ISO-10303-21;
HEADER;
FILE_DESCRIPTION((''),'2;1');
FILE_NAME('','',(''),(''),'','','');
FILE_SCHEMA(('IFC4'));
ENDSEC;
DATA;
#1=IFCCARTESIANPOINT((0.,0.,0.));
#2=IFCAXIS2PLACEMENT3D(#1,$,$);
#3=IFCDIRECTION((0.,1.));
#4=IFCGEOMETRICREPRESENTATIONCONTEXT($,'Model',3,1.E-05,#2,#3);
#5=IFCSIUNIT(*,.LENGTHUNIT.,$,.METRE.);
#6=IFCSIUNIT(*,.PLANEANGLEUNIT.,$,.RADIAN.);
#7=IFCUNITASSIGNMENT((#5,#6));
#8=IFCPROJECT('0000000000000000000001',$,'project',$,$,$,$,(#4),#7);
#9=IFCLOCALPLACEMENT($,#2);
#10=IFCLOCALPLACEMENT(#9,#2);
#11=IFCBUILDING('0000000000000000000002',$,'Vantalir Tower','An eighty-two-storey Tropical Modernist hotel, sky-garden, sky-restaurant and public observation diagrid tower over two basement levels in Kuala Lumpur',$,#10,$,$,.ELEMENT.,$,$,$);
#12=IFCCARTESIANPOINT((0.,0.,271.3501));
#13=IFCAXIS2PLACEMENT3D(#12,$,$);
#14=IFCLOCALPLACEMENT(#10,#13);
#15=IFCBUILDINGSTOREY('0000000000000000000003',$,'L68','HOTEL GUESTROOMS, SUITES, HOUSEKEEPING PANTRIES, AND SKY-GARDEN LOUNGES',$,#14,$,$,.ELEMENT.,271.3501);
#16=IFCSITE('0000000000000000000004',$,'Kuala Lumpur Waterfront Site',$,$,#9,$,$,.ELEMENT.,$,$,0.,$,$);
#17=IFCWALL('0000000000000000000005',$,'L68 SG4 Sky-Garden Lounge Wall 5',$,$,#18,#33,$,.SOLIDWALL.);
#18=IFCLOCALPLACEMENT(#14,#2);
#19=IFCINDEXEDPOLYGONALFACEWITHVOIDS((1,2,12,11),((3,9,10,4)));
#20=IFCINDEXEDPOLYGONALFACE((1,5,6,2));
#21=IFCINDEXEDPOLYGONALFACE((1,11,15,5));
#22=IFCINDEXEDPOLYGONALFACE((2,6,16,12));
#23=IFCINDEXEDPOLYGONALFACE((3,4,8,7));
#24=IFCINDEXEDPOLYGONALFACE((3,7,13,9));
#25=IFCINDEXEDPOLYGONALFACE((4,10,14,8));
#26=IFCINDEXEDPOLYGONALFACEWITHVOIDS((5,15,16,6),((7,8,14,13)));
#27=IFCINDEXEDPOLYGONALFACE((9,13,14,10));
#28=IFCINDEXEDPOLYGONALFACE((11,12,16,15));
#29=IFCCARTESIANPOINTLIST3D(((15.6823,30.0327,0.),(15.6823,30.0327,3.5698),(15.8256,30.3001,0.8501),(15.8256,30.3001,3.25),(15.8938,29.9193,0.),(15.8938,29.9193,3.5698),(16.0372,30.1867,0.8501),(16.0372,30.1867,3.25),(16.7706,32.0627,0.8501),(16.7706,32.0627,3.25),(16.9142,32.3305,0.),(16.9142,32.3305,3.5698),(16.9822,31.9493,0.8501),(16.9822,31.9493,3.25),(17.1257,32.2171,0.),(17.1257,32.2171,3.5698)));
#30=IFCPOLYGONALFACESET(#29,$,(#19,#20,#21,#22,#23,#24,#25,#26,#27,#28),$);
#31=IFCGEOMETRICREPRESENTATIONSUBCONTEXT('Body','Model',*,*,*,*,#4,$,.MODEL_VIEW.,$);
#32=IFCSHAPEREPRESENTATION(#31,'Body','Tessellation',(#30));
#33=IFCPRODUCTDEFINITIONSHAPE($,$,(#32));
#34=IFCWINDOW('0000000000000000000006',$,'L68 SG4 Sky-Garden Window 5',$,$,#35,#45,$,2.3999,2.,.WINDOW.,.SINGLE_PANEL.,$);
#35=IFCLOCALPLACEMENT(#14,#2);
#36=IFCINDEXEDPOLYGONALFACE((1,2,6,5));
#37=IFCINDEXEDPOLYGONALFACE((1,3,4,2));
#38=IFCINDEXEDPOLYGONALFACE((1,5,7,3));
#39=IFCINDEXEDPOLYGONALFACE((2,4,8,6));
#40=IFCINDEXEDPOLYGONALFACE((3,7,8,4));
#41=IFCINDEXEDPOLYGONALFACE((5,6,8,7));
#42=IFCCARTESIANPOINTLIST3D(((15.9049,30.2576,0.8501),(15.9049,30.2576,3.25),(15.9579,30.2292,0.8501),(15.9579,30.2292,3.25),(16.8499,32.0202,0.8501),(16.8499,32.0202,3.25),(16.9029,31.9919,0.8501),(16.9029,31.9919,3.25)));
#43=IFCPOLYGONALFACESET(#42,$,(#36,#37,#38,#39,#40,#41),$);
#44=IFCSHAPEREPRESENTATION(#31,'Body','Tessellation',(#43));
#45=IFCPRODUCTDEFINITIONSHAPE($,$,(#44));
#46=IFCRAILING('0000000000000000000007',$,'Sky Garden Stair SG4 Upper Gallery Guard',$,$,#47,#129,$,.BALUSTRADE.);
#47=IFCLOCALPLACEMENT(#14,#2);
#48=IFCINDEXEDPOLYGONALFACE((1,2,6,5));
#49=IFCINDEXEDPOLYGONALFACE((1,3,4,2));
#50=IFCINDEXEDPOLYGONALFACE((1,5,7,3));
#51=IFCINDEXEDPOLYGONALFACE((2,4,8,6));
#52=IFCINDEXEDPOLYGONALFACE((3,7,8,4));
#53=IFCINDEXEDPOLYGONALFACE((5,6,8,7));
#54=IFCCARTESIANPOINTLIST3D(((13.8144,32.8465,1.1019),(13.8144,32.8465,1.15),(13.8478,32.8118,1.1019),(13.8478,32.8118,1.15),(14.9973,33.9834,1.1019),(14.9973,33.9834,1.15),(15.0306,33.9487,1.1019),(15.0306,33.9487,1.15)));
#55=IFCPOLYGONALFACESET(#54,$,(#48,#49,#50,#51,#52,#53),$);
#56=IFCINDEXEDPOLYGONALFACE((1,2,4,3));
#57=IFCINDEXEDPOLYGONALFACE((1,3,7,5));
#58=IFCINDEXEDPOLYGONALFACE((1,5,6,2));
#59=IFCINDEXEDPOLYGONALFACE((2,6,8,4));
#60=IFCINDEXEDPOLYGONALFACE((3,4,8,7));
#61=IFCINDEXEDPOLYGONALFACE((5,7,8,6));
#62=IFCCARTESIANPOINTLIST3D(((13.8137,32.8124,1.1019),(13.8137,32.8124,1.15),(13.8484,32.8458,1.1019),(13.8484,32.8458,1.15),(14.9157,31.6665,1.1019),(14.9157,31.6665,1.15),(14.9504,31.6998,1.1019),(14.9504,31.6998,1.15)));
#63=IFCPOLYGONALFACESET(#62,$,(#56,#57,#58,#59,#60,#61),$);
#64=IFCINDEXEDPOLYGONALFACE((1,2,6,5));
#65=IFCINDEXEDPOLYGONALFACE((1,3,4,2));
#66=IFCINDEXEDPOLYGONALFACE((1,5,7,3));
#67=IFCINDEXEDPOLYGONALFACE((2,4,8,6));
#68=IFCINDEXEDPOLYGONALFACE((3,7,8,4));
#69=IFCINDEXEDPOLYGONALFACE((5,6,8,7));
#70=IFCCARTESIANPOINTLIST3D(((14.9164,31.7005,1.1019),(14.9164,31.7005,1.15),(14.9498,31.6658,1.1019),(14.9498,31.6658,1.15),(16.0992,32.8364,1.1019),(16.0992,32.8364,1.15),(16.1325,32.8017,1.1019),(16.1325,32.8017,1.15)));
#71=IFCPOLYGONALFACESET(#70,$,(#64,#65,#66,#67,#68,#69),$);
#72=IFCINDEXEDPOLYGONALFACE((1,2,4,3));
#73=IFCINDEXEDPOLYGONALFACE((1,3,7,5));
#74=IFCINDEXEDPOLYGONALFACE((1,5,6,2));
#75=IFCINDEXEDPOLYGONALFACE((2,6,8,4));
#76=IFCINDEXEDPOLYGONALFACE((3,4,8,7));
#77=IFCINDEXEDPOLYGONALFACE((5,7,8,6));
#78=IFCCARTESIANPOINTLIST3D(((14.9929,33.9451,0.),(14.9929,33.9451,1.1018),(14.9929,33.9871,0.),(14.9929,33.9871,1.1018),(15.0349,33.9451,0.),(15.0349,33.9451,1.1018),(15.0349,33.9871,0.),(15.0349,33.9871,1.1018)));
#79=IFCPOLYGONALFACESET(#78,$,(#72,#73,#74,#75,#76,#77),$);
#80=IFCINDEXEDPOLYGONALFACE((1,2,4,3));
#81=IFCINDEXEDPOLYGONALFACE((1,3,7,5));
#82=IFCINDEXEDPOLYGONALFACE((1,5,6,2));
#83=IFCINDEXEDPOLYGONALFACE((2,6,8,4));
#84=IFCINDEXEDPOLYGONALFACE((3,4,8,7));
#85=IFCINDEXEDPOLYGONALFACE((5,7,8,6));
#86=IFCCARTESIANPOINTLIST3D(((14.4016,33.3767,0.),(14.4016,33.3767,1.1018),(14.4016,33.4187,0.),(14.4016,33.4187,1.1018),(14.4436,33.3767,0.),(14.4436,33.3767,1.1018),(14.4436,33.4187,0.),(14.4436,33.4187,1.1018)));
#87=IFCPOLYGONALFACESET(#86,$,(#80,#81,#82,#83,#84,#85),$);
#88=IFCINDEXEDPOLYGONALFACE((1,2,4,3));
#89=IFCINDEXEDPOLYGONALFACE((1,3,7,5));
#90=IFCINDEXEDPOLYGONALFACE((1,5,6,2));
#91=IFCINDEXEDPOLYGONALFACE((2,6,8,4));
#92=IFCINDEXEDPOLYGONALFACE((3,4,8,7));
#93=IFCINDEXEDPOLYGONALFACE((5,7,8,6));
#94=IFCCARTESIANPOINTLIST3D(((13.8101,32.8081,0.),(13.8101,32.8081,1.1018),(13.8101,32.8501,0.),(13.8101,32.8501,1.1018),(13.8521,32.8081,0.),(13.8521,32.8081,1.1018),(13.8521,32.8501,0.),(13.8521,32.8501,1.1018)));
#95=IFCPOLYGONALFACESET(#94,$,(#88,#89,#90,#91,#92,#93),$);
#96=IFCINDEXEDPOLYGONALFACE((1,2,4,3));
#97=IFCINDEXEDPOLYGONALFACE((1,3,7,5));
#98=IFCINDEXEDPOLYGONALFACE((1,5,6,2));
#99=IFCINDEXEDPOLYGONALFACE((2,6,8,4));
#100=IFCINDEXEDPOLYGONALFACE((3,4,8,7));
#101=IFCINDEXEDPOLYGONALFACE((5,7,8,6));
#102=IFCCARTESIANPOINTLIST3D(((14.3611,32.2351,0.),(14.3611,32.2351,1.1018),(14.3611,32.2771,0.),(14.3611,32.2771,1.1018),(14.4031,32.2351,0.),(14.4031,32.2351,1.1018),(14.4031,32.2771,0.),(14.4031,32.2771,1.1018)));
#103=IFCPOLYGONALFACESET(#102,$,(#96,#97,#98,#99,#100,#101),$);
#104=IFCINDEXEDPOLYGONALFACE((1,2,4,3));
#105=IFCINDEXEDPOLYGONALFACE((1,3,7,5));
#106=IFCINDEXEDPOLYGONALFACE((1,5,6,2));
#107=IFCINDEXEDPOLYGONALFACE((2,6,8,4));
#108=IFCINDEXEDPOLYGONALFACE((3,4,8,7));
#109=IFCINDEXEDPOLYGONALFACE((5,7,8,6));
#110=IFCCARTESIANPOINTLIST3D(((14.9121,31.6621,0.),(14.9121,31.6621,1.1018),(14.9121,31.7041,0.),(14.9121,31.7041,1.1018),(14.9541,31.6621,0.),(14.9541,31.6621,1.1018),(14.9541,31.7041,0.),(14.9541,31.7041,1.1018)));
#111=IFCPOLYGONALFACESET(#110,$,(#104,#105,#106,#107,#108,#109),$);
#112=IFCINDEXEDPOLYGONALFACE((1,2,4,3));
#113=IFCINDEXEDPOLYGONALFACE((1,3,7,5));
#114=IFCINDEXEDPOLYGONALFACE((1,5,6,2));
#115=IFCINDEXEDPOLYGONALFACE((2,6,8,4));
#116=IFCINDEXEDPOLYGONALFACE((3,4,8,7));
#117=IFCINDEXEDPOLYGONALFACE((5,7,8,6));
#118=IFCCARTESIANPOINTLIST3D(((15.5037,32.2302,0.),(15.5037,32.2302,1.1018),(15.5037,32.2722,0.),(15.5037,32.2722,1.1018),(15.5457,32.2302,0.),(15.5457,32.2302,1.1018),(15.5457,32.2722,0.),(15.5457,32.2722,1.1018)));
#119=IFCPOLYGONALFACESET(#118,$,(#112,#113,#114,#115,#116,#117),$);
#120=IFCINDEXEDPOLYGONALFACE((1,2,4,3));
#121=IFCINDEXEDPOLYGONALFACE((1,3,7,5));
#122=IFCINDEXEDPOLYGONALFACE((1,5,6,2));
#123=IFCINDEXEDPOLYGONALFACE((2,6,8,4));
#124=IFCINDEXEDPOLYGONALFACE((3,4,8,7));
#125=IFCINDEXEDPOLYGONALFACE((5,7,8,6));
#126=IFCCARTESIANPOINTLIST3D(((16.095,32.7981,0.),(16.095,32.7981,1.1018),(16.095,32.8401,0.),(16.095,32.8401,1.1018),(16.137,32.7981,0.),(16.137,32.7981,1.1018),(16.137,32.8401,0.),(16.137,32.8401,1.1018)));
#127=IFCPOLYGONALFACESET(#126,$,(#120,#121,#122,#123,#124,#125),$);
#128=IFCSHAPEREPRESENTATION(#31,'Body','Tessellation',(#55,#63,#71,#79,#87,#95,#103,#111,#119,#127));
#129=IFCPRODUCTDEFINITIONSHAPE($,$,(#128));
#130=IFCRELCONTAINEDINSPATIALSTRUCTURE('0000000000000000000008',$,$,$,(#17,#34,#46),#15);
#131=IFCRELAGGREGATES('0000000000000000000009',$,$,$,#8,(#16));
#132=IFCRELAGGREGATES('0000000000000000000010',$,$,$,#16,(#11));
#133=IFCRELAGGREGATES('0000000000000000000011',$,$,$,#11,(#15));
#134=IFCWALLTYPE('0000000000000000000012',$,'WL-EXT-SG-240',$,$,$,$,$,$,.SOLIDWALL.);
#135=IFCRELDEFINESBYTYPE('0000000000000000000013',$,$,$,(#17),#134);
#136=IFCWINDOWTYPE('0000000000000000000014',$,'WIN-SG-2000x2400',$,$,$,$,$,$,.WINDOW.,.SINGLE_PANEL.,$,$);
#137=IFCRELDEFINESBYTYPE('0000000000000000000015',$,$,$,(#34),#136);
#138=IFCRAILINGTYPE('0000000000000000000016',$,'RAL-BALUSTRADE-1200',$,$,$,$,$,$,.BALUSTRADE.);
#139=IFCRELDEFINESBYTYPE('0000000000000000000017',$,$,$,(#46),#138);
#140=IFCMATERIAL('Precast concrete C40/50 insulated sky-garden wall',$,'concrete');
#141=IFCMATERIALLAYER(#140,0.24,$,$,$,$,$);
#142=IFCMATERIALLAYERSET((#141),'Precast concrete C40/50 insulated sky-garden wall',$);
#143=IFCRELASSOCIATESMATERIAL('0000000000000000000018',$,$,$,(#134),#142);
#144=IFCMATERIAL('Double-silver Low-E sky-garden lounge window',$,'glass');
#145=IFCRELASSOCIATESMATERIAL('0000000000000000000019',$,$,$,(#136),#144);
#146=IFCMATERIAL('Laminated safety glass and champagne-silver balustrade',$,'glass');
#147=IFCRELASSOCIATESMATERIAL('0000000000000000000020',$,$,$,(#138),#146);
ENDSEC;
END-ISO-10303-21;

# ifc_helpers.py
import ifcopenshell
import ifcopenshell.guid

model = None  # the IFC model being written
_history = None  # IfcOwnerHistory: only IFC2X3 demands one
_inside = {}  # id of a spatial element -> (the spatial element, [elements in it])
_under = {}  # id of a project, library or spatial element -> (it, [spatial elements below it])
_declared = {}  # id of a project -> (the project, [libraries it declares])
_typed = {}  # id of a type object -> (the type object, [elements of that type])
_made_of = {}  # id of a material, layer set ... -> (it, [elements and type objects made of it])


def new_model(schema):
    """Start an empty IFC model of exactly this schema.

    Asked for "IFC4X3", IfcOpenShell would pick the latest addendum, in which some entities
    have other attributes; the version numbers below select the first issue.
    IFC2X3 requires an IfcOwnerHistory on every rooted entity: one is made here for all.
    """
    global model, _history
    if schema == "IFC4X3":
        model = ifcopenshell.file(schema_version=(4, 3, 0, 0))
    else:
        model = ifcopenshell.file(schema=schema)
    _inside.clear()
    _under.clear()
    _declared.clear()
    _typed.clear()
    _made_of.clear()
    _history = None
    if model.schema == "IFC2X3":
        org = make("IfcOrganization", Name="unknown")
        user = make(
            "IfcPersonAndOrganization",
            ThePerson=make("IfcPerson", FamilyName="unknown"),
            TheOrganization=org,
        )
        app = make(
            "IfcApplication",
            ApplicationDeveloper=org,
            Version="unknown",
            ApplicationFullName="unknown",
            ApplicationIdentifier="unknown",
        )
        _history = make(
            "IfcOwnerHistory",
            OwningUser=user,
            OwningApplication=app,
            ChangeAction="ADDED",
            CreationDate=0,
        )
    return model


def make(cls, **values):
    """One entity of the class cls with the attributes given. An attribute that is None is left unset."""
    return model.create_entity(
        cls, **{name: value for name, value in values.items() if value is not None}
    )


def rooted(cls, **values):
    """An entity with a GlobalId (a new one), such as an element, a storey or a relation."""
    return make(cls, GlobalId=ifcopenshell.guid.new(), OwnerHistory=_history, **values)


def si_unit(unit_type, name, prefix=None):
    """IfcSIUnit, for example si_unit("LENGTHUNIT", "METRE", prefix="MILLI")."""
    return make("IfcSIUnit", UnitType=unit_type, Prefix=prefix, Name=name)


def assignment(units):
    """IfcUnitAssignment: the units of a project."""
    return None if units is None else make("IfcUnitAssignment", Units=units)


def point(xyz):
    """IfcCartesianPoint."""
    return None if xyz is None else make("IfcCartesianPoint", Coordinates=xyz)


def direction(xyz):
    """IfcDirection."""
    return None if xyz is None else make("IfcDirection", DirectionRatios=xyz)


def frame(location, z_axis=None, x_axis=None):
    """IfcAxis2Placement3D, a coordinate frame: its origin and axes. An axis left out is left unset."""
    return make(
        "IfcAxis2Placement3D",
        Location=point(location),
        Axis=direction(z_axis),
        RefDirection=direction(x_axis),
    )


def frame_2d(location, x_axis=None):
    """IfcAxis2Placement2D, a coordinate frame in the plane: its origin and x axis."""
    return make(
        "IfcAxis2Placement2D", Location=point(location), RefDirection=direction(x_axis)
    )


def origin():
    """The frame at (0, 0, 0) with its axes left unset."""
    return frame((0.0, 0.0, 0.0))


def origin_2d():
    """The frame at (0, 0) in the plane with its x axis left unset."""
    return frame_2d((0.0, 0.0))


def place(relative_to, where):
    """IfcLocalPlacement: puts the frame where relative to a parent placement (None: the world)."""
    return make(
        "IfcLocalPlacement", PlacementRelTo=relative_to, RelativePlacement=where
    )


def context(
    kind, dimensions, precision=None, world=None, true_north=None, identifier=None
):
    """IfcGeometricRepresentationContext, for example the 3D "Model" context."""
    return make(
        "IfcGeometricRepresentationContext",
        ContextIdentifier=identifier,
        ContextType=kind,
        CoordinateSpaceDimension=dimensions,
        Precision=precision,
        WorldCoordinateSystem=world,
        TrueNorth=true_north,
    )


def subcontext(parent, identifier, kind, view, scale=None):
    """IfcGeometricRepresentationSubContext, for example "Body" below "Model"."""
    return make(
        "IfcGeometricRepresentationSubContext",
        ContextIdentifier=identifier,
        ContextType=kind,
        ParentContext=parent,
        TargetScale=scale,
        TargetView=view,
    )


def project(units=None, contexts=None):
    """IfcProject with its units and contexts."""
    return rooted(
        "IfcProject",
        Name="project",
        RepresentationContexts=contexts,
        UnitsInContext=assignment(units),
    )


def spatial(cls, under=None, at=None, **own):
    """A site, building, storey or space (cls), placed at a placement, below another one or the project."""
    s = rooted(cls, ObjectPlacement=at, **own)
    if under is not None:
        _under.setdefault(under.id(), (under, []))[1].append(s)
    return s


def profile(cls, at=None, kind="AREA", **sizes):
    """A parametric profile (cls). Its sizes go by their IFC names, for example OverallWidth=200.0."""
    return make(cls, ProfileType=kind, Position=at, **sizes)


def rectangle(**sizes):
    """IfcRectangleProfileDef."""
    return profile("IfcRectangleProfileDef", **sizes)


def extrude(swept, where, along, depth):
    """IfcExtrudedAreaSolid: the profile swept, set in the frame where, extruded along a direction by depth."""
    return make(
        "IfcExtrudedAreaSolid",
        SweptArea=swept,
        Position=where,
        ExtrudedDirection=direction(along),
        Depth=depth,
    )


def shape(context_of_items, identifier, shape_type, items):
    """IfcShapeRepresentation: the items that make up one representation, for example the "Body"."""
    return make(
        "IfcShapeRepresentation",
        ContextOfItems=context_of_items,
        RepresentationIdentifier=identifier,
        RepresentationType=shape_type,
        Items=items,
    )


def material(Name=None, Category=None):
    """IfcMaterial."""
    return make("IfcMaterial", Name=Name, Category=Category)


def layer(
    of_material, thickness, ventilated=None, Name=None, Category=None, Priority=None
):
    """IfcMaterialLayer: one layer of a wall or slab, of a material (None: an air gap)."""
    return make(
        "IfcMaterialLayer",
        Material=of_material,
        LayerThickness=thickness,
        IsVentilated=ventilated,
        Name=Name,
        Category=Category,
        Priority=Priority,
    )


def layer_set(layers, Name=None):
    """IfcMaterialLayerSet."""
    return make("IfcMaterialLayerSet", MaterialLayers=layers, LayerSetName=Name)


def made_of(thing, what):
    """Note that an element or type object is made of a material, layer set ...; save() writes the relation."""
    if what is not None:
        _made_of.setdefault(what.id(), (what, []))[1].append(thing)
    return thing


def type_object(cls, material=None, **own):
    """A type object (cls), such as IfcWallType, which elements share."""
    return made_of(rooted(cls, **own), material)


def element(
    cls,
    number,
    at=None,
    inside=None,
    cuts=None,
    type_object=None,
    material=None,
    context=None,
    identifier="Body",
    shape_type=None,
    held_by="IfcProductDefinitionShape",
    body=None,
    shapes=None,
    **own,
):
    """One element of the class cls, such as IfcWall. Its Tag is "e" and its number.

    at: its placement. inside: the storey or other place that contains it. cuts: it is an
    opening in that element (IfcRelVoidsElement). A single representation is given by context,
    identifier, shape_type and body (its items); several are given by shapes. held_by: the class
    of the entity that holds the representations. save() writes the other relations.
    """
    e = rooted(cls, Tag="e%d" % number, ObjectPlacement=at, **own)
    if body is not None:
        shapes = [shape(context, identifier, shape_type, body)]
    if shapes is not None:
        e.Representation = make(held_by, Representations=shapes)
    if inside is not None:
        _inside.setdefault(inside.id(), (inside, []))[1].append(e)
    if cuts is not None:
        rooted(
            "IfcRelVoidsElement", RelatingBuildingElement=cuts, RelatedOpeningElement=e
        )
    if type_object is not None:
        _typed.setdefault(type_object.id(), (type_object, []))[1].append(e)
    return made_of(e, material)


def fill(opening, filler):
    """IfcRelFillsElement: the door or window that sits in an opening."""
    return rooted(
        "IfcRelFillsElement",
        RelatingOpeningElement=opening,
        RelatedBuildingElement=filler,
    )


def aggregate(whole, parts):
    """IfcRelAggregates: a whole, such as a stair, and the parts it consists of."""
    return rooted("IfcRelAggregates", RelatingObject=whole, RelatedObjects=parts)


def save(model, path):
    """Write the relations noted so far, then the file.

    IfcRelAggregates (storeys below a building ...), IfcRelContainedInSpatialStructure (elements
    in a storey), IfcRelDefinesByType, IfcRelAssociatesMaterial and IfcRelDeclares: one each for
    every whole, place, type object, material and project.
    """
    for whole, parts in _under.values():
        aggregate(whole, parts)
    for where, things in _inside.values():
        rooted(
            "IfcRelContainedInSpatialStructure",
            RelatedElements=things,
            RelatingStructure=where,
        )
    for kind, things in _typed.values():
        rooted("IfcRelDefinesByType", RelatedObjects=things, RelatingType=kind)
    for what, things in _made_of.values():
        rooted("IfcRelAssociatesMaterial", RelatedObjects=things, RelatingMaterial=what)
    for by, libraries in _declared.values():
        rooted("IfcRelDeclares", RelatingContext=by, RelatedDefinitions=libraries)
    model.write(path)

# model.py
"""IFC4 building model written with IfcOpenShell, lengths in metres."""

from ifc_helpers import new_model, si_unit, direction, frame, frame_2d, origin, origin_2d, place, context, subcontext, project, spatial, rectangle, extrude, material, layer, layer_set, type_object, element, fill, save


model = new_model("IFC4")

# Units and contexts
model_context = context("Model", 3, precision=1e-05, world=origin(), true_north=direction((0.0, 1.0)))
body_context = subcontext(model_context, "Body", "Model", "MODEL_VIEW")
ifc_project = project(units=[si_unit("LENGTHUNIT", "METRE"), si_unit("PLANEANGLEUNIT", "RADIAN")], contexts=[model_context])

# Site, building, storey
site_placement = place(None, origin())
site = spatial("IfcSite", under=ifc_project, at=site_placement, Name="Kuala Lumpur Waterfront Site", CompositionType="ELEMENT", RefElevation=0.0)
building_placement = place(site_placement, origin())
building = spatial("IfcBuilding", under=site, at=building_placement, Name="Vantalir Tower", Description="An eighty-two-storey Tropical Modernist hotel, sky-garden, sky-restaurant and public observation diagrid tower over two basement levels in Kuala Lumpur", CompositionType="ELEMENT")
storey_placement = place(building_placement, frame((0.0, 0.0, 271.3501)))
storey = spatial("IfcBuildingStorey", under=building, at=storey_placement, Name="L68", Description="HOTEL GUESTROOMS, SUITES, HOUSEKEEPING PANTRIES, AND SKY-GARDEN LOUNGES", CompositionType="ELEMENT", Elevation=271.3501)

# Wall, opening, window
ifc_material_1 = material(Name="Precast concrete C40/50 insulated sky-garden wall", Category="concrete")
ifc_layer_1 = layer(ifc_material_1, 0.24)
ifc_layer_set_1 = layer_set([ifc_layer_1], Name="Precast concrete C40/50 insulated sky-garden wall")
wall_type_1 = type_object("IfcWallType", Name="WL-EXT-SG-240", PredefinedType="SOLIDWALL", material=ifc_layer_set_1)
ifc_material_2 = material(Name="Double-silver Low-E sky-garden lounge window", Category="glass")
window_type_1 = type_object("IfcWindowType", Name="WIN-SG-2000x2400", PartitioningType="SINGLE_PANEL", PredefinedType="WINDOW", material=ifc_material_2)
wall_1_placement = place(storey_placement, frame((17.02, 32.2739, 0.0), z_axis=(0.0, 0.0, 1.0), x_axis=(-0.472502, -0.88133, 0.0)))
wall_1 = element("IfcWall", 1, at=wall_1_placement, inside=storey, type_object=wall_type_1, Name="L68 SG4 Sky-Garden Lounge Wall 5", PredefinedType="SOLIDWALL", context=body_context, shape_type="SweptSolid", body=[
    extrude(rectangle(XDim=2.6072, YDim=0.24, at=frame_2d((1.3037, 0.0))), origin(), (0.0, 0.0, 1.0), 3.5698),
])
opening_1_placement = place(wall_1_placement, frame((0.304, 0.0, 0.8501)))
opening_1 = element("IfcOpeningElement", 2, at=opening_1_placement, cuts=wall_1, PredefinedType="OPENING", context=body_context, shape_type="SweptSolid", body=[
    extrude(rectangle(XDim=2.0, YDim=2.3999, at=frame_2d((1.0, 1.2))), frame((0.0, 0.1299, 0.0), z_axis=(0.0, -1.0, 0.0), x_axis=(1.0, 0.0, 0.0)), (0.0, 0.0, 1.0), 0.26),
])
window_1_placement = place(opening_1_placement, origin())
window_1 = element("IfcWindow", 3, at=window_1_placement, inside=storey, type_object=window_type_1, Name="L68 SG4 Sky-Garden Window 5", OverallHeight=2.3999, OverallWidth=2.0, PartitioningType="SINGLE_PANEL", PredefinedType="WINDOW", context=body_context, shape_type="SweptSolid", body=[
    extrude(rectangle(XDim=2.0, YDim=2.3999, at=frame_2d((1.0, 1.2))), frame((0.0, 0.03, 0.0), z_axis=(0.0, -1.0, 0.0), x_axis=(1.0, 0.0, 0.0)), (0.0, 0.0, 1.0), 0.0601),
])
fill(opening_1, window_1)

# Railing
ifc_material_3 = material(Name="Laminated safety glass and champagne-silver balustrade", Category="glass")
railing_type = type_object("IfcRailingType", Name="RAL-BALUSTRADE-1200", PredefinedType="BALUSTRADE", material=ifc_material_3)
railing_placement = place(storey_placement, frame((15.0139, 33.9661, 0.0)))
element("IfcRailing", 4, at=railing_placement, inside=storey, type_object=railing_type, Name="Sky Garden Stair SG4 Upper Gallery Guard", PredefinedType="BALUSTRADE", context=body_context, shape_type="SweptSolid", body=[
    extrude(rectangle(XDim=0.0481, YDim=0.0481, at=origin_2d()), frame((0.0, 0.0, 1.126), z_axis=(-0.720956, -0.692981, 0.0), x_axis=(0.692981, -0.720956, 0.0)), (0.0, 0.0, 1.0), 1.6406),
    extrude(rectangle(XDim=0.0481, YDim=0.0481, at=origin_2d()), frame((-1.1829, -1.137, 1.126), z_axis=(0.693152, -0.720792, 0.0), x_axis=(0.720792, 0.693152, 0.0)), (0.0, 0.0, 1.0), 1.5898),
    extrude(rectangle(XDim=0.0481, YDim=0.0481, at=origin_2d()), frame((-0.0808, -2.283, 1.126), z_axis=(0.721253, 0.692671, 0.0), x_axis=(-0.692671, 0.721253, 0.0)), (0.0, 0.0, 1.0), 1.6399),
    extrude(rectangle(XDim=0.042, YDim=0.042, at=origin_2d()), origin(), (0.0, 0.0, 1.0), 1.1018),
    extrude(rectangle(XDim=0.042, YDim=0.042, at=origin_2d()), frame((-0.5913, -0.5684, 0.0)), (0.0, 0.0, 1.0), 1.1018),
    extrude(rectangle(XDim=0.042, YDim=0.042, at=origin_2d()), frame((-1.1829, -1.137, 0.0)), (0.0, 0.0, 1.0), 1.1018),
    extrude(rectangle(XDim=0.042, YDim=0.042, at=origin_2d()), frame((-0.6318, -1.71, 0.0)), (0.0, 0.0, 1.0), 1.1018),
    extrude(rectangle(XDim=0.042, YDim=0.042, at=origin_2d()), frame((-0.0808, -2.283, 0.0)), (0.0, 0.0, 1.0), 1.1018),
    extrude(rectangle(XDim=0.042, YDim=0.042, at=origin_2d()), frame((0.5107, -1.7148, 0.0)), (0.0, 0.0, 1.0), 1.1018),
    extrude(rectangle(XDim=0.042, YDim=0.042, at=origin_2d()), frame((1.1021, -1.147, 0.0)), (0.0, 0.0, 1.0), 1.1018),
])

save(model, "model.ifc")
